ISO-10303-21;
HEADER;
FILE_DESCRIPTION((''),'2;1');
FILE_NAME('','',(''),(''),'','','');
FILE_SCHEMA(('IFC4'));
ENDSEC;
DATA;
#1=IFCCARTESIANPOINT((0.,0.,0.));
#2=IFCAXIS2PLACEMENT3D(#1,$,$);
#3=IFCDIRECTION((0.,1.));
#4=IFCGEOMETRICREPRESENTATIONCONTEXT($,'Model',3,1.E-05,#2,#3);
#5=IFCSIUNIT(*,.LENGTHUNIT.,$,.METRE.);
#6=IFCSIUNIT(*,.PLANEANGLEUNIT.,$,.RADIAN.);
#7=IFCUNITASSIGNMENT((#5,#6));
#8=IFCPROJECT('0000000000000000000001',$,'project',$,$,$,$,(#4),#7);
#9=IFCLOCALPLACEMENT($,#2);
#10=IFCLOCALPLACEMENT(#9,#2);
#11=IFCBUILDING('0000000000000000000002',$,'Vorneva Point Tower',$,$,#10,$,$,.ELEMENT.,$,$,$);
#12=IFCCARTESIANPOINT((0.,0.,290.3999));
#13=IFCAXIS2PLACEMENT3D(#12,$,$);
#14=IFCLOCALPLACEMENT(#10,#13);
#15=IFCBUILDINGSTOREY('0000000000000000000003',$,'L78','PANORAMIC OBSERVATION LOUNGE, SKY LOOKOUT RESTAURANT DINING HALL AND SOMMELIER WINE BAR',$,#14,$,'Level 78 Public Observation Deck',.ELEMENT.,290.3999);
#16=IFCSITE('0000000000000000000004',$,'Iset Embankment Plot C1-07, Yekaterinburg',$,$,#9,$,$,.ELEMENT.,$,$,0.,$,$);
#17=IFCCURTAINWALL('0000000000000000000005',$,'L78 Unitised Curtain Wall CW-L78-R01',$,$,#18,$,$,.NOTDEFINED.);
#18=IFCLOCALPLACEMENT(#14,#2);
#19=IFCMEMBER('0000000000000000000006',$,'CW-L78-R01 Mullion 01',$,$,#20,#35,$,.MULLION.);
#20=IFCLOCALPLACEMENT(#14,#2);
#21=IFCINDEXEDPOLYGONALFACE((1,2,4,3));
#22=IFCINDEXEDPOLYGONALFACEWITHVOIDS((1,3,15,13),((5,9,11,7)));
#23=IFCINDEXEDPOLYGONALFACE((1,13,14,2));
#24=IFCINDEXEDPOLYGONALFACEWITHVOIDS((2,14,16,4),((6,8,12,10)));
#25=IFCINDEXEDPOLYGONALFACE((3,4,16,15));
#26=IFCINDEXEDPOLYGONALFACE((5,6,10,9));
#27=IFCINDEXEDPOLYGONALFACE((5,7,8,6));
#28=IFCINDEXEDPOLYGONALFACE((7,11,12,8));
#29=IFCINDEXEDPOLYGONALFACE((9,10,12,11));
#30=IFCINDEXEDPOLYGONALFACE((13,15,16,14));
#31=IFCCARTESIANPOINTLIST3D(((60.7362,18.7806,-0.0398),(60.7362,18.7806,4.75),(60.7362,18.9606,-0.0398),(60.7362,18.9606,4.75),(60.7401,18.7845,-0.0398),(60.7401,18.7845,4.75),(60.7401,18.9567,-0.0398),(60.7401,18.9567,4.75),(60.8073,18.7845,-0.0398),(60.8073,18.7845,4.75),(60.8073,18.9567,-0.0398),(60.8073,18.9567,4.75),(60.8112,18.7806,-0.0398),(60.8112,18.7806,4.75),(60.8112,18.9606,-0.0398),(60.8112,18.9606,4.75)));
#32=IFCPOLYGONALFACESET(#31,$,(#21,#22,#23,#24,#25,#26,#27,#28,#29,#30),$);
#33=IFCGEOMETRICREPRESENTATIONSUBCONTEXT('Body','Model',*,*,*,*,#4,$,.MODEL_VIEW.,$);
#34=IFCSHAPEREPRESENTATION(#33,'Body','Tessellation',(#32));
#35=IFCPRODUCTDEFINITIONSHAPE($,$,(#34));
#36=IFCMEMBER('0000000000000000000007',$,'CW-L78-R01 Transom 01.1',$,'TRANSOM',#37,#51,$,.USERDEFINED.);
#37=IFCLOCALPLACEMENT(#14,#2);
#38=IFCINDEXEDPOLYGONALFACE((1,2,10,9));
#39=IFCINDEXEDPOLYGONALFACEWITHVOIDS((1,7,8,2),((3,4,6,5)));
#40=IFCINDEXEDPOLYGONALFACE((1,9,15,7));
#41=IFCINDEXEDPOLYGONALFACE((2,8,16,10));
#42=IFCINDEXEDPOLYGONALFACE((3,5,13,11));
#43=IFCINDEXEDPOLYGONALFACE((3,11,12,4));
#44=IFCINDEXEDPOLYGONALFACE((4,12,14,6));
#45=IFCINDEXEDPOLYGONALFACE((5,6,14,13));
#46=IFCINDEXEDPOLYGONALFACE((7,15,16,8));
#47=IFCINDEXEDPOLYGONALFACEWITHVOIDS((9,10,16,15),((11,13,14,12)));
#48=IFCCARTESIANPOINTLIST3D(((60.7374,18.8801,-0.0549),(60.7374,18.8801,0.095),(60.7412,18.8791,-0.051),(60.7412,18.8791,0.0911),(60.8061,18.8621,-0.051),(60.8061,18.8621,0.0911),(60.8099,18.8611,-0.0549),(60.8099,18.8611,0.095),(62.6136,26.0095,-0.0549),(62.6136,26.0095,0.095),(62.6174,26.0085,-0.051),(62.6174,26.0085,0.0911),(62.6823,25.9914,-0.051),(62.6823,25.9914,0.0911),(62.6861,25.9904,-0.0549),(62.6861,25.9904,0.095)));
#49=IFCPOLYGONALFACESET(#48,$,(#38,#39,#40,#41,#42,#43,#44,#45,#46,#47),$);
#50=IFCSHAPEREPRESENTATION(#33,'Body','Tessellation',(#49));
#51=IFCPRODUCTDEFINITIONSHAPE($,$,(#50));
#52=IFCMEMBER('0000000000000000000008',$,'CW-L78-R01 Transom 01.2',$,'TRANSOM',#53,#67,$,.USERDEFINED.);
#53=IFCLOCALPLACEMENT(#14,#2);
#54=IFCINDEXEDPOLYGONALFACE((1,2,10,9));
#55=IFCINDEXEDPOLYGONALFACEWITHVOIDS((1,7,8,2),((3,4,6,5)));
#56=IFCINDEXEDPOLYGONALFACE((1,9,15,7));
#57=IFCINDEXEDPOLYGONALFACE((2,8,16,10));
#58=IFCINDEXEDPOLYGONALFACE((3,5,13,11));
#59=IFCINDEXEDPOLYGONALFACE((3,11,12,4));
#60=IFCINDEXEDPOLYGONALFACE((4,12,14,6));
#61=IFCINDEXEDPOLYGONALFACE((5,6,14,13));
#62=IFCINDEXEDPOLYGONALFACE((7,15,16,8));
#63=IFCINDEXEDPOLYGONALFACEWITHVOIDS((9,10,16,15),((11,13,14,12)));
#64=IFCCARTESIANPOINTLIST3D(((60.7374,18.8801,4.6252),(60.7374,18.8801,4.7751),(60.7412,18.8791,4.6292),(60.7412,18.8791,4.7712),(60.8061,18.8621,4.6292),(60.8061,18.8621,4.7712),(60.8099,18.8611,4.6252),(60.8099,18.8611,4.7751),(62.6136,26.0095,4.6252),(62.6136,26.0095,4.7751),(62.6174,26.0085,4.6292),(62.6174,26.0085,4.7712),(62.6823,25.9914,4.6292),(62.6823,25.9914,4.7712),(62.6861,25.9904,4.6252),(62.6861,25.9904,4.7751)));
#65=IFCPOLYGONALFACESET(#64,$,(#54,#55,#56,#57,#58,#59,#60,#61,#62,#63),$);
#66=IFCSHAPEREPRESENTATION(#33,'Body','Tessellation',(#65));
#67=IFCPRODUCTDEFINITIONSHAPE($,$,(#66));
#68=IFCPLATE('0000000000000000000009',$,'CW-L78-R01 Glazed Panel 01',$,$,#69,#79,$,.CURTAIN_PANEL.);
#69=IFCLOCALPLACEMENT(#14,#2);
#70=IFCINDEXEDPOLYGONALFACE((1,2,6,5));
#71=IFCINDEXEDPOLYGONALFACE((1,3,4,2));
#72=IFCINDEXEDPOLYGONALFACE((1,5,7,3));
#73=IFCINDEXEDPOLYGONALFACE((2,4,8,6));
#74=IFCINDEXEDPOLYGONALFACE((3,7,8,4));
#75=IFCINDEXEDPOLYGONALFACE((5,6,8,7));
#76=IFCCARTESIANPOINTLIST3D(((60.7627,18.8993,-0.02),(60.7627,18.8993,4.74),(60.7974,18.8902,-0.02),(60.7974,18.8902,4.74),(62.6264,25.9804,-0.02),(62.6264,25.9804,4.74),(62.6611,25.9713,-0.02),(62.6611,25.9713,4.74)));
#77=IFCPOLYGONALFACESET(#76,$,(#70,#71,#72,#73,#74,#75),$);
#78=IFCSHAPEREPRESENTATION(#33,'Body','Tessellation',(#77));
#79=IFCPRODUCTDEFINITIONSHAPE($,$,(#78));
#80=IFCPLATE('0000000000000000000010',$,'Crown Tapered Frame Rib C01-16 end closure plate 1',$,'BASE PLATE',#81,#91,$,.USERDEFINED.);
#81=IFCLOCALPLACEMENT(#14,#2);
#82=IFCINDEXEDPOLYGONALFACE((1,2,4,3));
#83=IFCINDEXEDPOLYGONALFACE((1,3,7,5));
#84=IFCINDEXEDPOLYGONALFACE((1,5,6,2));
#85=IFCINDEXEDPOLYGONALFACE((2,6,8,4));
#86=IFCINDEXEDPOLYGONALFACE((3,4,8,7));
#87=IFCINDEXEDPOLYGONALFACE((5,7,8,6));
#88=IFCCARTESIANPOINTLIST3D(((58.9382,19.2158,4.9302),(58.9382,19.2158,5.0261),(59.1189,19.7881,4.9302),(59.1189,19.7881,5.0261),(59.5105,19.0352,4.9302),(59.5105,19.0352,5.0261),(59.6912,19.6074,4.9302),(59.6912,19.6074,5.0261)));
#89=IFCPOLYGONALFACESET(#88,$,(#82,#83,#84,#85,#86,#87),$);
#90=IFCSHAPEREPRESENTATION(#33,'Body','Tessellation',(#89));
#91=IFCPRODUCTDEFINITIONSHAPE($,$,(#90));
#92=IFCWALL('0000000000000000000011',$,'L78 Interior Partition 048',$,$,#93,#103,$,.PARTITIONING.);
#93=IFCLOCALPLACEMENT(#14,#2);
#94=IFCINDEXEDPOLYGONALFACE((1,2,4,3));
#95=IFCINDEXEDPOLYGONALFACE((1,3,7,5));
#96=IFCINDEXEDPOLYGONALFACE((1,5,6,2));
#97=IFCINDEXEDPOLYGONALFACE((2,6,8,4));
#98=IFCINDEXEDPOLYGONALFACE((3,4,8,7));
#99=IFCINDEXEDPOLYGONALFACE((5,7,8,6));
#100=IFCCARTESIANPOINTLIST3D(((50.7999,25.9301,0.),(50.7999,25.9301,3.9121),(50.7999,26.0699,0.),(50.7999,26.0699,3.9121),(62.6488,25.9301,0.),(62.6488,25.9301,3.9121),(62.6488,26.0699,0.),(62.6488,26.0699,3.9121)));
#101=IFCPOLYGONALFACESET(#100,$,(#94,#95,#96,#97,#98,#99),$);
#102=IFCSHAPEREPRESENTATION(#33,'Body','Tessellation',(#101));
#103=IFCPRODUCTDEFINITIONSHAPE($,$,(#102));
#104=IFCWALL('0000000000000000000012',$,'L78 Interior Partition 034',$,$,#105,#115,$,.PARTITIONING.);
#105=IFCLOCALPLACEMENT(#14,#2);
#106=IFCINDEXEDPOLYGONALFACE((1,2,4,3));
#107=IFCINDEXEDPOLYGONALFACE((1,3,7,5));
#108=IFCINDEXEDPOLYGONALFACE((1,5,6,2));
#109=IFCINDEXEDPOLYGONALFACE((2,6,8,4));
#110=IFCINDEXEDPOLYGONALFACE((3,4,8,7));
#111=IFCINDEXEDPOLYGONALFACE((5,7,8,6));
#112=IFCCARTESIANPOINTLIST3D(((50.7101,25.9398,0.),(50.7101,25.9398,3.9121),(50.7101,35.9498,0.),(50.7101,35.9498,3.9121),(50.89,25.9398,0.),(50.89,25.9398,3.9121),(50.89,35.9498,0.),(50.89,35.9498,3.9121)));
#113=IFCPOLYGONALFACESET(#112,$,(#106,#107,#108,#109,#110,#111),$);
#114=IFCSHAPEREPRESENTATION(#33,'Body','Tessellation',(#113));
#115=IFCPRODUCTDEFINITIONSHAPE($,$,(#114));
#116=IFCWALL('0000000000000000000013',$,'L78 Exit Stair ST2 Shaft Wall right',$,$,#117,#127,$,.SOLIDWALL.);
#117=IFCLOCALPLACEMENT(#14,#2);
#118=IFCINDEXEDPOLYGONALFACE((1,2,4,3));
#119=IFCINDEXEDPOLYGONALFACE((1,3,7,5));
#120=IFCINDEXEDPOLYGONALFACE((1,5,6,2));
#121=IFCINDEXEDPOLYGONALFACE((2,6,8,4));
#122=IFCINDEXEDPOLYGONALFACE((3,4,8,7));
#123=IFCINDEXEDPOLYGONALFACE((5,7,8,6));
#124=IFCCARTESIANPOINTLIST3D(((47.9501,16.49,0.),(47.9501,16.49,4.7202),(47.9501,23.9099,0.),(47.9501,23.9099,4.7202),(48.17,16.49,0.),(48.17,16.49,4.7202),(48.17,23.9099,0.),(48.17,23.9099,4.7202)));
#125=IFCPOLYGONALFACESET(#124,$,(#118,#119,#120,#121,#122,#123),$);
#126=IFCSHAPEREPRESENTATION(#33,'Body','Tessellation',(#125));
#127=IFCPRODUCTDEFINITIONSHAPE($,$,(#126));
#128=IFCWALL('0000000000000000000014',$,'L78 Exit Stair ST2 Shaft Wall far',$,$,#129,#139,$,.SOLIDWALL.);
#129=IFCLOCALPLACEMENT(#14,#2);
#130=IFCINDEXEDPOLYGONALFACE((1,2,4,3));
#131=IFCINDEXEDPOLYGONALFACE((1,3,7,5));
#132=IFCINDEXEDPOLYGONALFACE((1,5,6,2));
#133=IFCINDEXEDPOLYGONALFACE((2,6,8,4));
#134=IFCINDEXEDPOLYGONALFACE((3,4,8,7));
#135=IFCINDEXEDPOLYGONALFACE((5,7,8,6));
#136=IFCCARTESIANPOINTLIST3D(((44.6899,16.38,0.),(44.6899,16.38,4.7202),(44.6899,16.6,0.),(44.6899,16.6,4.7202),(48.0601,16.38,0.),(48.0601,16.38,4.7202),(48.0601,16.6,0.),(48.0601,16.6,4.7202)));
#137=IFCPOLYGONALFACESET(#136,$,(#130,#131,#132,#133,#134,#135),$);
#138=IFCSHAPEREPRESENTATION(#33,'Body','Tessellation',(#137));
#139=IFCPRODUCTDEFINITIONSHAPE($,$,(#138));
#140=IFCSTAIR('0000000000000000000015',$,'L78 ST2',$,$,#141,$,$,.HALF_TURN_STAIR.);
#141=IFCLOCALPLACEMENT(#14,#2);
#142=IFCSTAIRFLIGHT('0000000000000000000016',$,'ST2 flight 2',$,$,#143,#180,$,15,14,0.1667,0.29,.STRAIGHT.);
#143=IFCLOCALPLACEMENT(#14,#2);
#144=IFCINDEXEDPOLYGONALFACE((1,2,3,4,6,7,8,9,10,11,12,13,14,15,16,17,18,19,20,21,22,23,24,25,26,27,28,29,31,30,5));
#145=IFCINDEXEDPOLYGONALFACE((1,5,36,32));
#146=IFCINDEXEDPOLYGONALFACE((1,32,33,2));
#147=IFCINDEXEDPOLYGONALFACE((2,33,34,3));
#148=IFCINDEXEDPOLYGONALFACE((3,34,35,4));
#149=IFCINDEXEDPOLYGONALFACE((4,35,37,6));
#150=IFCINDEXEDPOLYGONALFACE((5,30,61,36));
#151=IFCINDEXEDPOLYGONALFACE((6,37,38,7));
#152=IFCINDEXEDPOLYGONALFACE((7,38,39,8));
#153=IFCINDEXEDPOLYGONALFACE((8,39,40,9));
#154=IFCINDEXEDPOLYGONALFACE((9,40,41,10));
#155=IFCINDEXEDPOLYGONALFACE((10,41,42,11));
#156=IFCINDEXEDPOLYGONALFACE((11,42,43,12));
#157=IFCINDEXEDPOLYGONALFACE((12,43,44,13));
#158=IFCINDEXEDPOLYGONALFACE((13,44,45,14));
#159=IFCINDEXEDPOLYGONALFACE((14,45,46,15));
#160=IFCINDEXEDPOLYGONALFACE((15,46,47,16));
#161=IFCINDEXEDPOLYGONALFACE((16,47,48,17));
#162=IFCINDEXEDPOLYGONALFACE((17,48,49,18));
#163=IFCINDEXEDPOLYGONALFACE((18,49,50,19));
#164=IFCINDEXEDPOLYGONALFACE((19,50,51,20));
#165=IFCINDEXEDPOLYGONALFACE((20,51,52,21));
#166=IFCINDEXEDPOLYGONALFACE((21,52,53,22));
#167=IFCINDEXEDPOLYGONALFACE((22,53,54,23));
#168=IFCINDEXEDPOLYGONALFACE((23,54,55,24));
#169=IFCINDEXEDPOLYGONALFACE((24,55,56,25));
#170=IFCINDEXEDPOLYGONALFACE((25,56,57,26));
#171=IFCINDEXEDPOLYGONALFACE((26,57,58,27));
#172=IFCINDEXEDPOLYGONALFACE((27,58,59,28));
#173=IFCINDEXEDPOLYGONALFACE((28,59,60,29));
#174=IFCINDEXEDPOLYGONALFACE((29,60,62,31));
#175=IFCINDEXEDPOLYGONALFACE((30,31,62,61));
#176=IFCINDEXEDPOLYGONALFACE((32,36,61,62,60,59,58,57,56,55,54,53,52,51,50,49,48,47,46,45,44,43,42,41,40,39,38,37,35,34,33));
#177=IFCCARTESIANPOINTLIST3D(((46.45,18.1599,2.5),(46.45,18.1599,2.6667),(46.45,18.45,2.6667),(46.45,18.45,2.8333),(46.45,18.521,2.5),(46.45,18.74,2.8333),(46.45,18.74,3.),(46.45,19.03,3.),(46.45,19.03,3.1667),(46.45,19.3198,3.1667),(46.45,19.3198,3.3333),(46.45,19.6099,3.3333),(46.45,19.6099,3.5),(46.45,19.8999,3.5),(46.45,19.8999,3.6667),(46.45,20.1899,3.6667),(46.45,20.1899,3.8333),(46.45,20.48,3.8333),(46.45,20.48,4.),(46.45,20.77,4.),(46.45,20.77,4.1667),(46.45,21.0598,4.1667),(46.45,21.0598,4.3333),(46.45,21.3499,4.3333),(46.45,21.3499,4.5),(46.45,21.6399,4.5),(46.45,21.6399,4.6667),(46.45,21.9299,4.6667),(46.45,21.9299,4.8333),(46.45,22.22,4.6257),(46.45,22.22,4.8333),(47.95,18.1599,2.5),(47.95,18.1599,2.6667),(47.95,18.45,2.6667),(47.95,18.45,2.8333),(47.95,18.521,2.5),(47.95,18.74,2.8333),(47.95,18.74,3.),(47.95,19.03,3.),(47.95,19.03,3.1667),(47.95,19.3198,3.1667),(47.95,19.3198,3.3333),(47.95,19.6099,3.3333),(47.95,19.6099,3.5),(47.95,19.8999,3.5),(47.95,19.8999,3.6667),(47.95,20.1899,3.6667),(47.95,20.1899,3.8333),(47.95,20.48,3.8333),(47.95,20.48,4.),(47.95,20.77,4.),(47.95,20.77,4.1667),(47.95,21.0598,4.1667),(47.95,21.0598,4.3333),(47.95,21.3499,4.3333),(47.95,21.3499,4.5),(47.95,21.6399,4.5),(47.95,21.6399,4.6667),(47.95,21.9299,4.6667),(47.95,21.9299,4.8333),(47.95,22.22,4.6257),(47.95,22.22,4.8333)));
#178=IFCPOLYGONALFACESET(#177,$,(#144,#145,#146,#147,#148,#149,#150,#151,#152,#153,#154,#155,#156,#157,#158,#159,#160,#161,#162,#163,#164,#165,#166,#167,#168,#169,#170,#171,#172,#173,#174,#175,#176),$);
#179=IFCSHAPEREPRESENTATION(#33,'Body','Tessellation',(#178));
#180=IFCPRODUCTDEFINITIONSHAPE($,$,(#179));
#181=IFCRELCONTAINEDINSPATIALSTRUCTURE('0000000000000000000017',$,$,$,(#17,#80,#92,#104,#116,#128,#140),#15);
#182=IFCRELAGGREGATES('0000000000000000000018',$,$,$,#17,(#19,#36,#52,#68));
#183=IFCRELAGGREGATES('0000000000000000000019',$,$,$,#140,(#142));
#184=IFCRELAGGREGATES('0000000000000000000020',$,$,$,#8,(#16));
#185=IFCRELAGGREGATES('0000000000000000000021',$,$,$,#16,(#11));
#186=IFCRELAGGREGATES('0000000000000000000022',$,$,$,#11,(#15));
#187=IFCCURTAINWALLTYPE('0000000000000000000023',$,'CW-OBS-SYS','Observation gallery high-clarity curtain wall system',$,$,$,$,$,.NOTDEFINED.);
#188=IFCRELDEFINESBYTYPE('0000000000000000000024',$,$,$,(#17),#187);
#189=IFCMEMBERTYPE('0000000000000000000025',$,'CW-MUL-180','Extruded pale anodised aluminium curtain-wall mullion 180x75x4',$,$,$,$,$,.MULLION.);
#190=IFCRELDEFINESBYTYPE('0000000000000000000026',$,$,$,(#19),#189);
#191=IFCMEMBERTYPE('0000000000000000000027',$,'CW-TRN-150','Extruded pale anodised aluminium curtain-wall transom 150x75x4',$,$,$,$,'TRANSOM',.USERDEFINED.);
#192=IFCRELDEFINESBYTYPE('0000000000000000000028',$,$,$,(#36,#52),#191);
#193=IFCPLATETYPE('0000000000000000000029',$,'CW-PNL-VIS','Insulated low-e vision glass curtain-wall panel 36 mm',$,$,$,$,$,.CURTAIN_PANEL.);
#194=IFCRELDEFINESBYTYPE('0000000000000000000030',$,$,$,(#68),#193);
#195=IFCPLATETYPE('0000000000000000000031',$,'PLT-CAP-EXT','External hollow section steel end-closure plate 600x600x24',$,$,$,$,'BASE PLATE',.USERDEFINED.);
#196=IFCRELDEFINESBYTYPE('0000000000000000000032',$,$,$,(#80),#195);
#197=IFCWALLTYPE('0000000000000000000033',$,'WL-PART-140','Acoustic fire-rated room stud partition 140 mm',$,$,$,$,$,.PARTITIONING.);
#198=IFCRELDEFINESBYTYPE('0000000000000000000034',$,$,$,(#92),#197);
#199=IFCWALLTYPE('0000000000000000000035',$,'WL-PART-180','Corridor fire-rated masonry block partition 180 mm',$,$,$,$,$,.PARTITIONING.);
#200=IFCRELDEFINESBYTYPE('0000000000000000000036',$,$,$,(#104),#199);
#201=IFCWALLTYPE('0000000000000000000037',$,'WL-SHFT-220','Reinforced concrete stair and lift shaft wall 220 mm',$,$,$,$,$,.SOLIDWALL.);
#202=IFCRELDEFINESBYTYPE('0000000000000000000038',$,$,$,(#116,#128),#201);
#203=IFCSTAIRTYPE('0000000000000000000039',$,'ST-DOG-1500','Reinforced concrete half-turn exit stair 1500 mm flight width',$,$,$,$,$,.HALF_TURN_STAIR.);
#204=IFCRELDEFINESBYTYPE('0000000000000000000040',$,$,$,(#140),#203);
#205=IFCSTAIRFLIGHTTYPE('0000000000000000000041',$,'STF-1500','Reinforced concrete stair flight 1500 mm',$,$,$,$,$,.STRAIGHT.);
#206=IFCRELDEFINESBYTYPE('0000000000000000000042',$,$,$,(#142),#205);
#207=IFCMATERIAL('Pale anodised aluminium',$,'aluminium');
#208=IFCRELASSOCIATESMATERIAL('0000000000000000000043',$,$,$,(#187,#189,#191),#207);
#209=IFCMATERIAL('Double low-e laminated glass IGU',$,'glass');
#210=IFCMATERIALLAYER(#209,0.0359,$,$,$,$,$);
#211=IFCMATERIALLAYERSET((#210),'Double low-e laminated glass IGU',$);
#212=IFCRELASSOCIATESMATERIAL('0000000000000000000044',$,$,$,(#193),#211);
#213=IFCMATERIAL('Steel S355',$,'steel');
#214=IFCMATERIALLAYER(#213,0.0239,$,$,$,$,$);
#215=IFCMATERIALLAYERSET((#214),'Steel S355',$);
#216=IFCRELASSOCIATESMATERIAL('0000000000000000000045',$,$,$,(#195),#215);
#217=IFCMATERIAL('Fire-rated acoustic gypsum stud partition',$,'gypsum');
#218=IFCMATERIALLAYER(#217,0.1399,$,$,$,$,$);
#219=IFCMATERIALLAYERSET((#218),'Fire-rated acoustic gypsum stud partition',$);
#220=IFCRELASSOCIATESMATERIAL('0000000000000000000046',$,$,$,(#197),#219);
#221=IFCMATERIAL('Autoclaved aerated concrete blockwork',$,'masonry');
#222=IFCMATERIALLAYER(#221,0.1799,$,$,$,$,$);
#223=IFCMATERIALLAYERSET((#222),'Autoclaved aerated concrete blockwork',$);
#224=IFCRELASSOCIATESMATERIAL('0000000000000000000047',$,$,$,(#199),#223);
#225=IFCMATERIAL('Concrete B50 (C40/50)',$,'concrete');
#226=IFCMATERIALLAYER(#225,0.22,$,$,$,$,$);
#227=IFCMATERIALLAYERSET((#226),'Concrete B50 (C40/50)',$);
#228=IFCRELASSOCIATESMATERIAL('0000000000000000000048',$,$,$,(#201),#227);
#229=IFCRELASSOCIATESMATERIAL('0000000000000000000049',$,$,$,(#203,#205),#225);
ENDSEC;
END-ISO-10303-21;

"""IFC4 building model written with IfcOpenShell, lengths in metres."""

from ifc_helpers import new_model, si_unit, direction, frame, frame_2d, origin, origin_2d, place, context, subcontext, project, spatial, polyline, rectangle, hollow_rectangle, outline, extrude, material, layer, layer_set, material_profile, profile_set, type_object, element, aggregate, save


model = new_model("IFC4")

# Units and contexts
model_context = context("Model", 3, precision=1e-05, world=origin(), true_north=direction((0.0, 1.0)))
body_context = subcontext(model_context, "Body", "Model", "MODEL_VIEW")
ifc_project = project(units=[si_unit("LENGTHUNIT", "METRE"), si_unit("PLANEANGLEUNIT", "RADIAN")], contexts=[model_context])

# Site, building, storey
site_placement = place(None, origin())
site = spatial("IfcSite", under=ifc_project, at=site_placement, Name="Iset Embankment Plot C1-07, Yekaterinburg", CompositionType="ELEMENT", RefElevation=0.0)
building_placement = place(site_placement, origin())
building = spatial("IfcBuilding", under=site, at=building_placement, Name="Vorneva Point Tower", CompositionType="ELEMENT")
storey_placement = place(building_placement, frame((0.0, 0.0, 290.3999)))
storey = spatial("IfcBuildingStorey", under=building, at=storey_placement, Name="L78", Description="PANORAMIC OBSERVATION LOUNGE, SKY LOOKOUT RESTAURANT DINING HALL AND SOMMELIER WINE BAR", LongName="Level 78 Public Observation Deck", CompositionType="ELEMENT", Elevation=290.3999)

# Shared definitions
ifc_material_1 = material(Name="Concrete B50 (C40/50)", Category="concrete")

# Shared definitions
ifc_material_2 = material(Name="Steel S355", Category="steel")

# Curtain wall, members, plate
ifc_material_3 = material(Name="Pale anodised aluminium", Category="aluminium")
curtain_wall_type = type_object("IfcCurtainWallType", Name="CW-OBS-SYS", Description="Observation gallery high-clarity curtain wall system", PredefinedType="NOTDEFINED", material=ifc_material_3)
curtain_wall_placement = place(storey_placement, origin())
curtain_wall = element("IfcCurtainWall", 1, at=curtain_wall_placement, inside=storey, type_object=curtain_wall_type, Name="L78 Unitised Curtain Wall CW-L78-R01", PredefinedType="NOTDEFINED")
ifc_material_profile_1 = material_profile(ifc_material_3, hollow_rectangle(XDim=0.075, YDim=0.1799, WallThickness=0.0039, at=origin_2d()), Name="AL-MUL 180x75x4")
ifc_profile_set_1 = profile_set([ifc_material_profile_1], Name="Pale anodised aluminium")
member_type_1 = type_object("IfcMemberType", Name="CW-MUL-180", Description="Extruded pale anodised aluminium curtain-wall mullion 180x75x4", PredefinedType="MULLION", material=ifc_profile_set_1)
member_1_placement = place(storey_placement, frame((60.7737, 18.8706, -0.0398), z_axis=(0.0, 0.0, 1.0), x_axis=(1.0, 0.0, 0.0)))
member_1 = element("IfcMember", 2, at=member_1_placement, type_object=member_type_1, Name="CW-L78-R01 Mullion 01", PredefinedType="MULLION", context=body_context, shape_type="SweptSolid", body=[
    extrude(hollow_rectangle(XDim=0.075, YDim=0.1799, WallThickness=0.0039, at=origin_2d()), origin(), (0.0, 0.0, 1.0), 4.7898),
])
ifc_material_profile_2 = material_profile(ifc_material_3, hollow_rectangle(XDim=0.075, YDim=0.1499, WallThickness=0.0039, at=origin_2d()), Name="AL-TRN 150x75x4")
ifc_profile_set_2 = profile_set([ifc_material_profile_2], Name="Pale anodised aluminium")
member_type_2 = type_object("IfcMemberType", Name="CW-TRN-150", Description="Extruded pale anodised aluminium curtain-wall transom 150x75x4", ElementType="TRANSOM", PredefinedType="USERDEFINED", material=ifc_profile_set_2)
member_2_placement = place(storey_placement, frame((60.7737, 18.8706, 0.02), z_axis=(0.254501, 0.967072, 0.0), x_axis=(-0.967072, 0.254501, 0.0)))
member_2 = element("IfcMember", 3, at=member_2_placement, type_object=member_type_2, Name="CW-L78-R01 Transom 01.1", ObjectType="TRANSOM", PredefinedType="USERDEFINED", context=body_context, shape_type="SweptSolid", body=[
    extrude(hollow_rectangle(XDim=0.075, YDim=0.1499, WallThickness=0.0039, at=origin_2d()), origin(), (0.0, 0.0, 1.0), 7.3721),
])
member_3_placement = place(storey_placement, frame((60.7737, 18.8706, 4.7002), z_axis=(0.254501, 0.967072, 0.0), x_axis=(-0.967072, 0.254501, 0.0)))
member_3 = element("IfcMember", 4, at=member_3_placement, type_object=member_type_2, Name="CW-L78-R01 Transom 01.2", ObjectType="TRANSOM", PredefinedType="USERDEFINED", context=body_context, shape_type="SweptSolid", body=[
    extrude(hollow_rectangle(XDim=0.075, YDim=0.1499, WallThickness=0.0039, at=origin_2d()), origin(), (0.0, 0.0, 1.0), 7.3721),
])
ifc_material_4 = material(Name="Double low-e laminated glass IGU", Category="glass")
ifc_layer_1 = layer(ifc_material_4, 0.0359)
ifc_layer_set_1 = layer_set([ifc_layer_1], Name="Double low-e laminated glass IGU")
plate_type_1 = type_object("IfcPlateType", Name="CW-PNL-VIS", Description="Insulated low-e vision glass curtain-wall panel 36 mm", PredefinedType="CURTAIN_PANEL", material=ifc_layer_set_1)
plate_1_placement = place(storey_placement, frame((61.7119, 22.4353, -0.02), z_axis=(0.0, 0.0, 1.0), x_axis=(0.254518, 0.967068, 0.0)))
plate_1 = element("IfcPlate", 5, at=plate_1_placement, type_object=plate_type_1, Name="CW-L78-R01 Glazed Panel 01", PredefinedType="CURTAIN_PANEL", context=body_context, shape_type="SweptSolid", body=[
    extrude(rectangle(XDim=7.3223, YDim=0.0359, at=origin_2d()), origin(), (0.0, 0.0, 1.0), 4.76),
])
aggregate(curtain_wall, [member_1, member_2, member_3, plate_1])

# Plate
ifc_layer_2 = layer(ifc_material_2, 0.0239)
ifc_layer_set_2 = layer_set([ifc_layer_2], Name="Steel S355")
plate_type_2 = type_object("IfcPlateType", Name="PLT-CAP-EXT", Description="External hollow section steel end-closure plate 600x600x24", ElementType="BASE PLATE", PredefinedType="USERDEFINED", material=ifc_layer_set_2)
plate_2_placement = place(storey_placement, frame((59.3147, 19.4116, 4.9302), z_axis=(0.0, 0.0, 1.0), x_axis=(-0.953601, 0.301072, 0.0)))
element("IfcPlate", 6, at=plate_2_placement, inside=storey, type_object=plate_type_2, Name="Crown Tapered Frame Rib C01-16 end closure plate 1", ObjectType="BASE PLATE", PredefinedType="USERDEFINED", context=body_context, shape_type="SweptSolid", body=[
    extrude(rectangle(XDim=0.6001, YDim=0.6001, at=origin_2d()), origin(), (0.0, 0.0, 1.0), 0.0959),
])

# Wall
ifc_material_5 = material(Name="Fire-rated acoustic gypsum stud partition", Category="gypsum")
ifc_layer_3 = layer(ifc_material_5, 0.1399)
ifc_layer_set_3 = layer_set([ifc_layer_3], Name="Fire-rated acoustic gypsum stud partition")
wall_type_1 = type_object("IfcWallType", Name="WL-PART-140", Description="Acoustic fire-rated room stud partition 140 mm", PredefinedType="PARTITIONING", material=ifc_layer_set_3)
wall_1_placement = place(storey_placement, frame((50.8, 26.0, 0.0), z_axis=(0.0, 0.0, 1.0), x_axis=(1.0, 0.0, 0.0)))
element("IfcWall", 7, at=wall_1_placement, inside=storey, type_object=wall_type_1, Name="L78 Interior Partition 048", PredefinedType="PARTITIONING", context=body_context, shape_type="SweptSolid", body=[
    extrude(rectangle(XDim=11.8489, YDim=0.1399, at=frame_2d((5.9243, 0.0))), origin(), (0.0, 0.0, 1.0), 3.9121),
])

# Shared definitions
ifc_material_6 = material(Name="Autoclaved aerated concrete blockwork", Category="masonry")
ifc_layer_4 = layer(ifc_material_6, 0.1799)
ifc_layer_set_4 = layer_set([ifc_layer_4], Name="Autoclaved aerated concrete blockwork")
wall_type_2 = type_object("IfcWallType", Name="WL-PART-180", Description="Corridor fire-rated masonry block partition 180 mm", PredefinedType="PARTITIONING", material=ifc_layer_set_4)

# Walls
wall_2_placement = place(storey_placement, frame((50.8, 25.9399, 0.0), z_axis=(0.0, 0.0, 1.0), x_axis=(0.0, 1.0, 0.0)))
element("IfcWall", 8, at=wall_2_placement, inside=storey, type_object=wall_type_2, Name="L78 Interior Partition 034", PredefinedType="PARTITIONING", context=body_context, shape_type="SweptSolid", body=[
    extrude(rectangle(XDim=10.01, YDim=0.1799, at=frame_2d((5.0049, 0.0))), origin(), (0.0, 0.0, 1.0), 3.9121),
])
ifc_layer_5 = layer(ifc_material_1, 0.22)
ifc_layer_set_5 = layer_set([ifc_layer_5], Name="Concrete B50 (C40/50)")
wall_type_3 = type_object("IfcWallType", Name="WL-SHFT-220", Description="Reinforced concrete stair and lift shaft wall 220 mm", PredefinedType="SOLIDWALL", material=ifc_layer_set_5)
wall_3_placement = place(storey_placement, frame((48.0601, 23.9099, 0.0), z_axis=(0.0, 0.0, 1.0), x_axis=(0.0, -1.0, 0.0)))
element("IfcWall", 9, at=wall_3_placement, inside=storey, type_object=wall_type_3, Name="L78 Exit Stair ST2 Shaft Wall right", PredefinedType="SOLIDWALL", context=body_context, shape_type="SweptSolid", body=[
    extrude(rectangle(XDim=7.4199, YDim=0.22, at=frame_2d((3.71, 0.0))), origin(), (0.0, 0.0, 1.0), 4.7202),
])
wall_4_placement = place(storey_placement, frame((48.0601, 16.49, 0.0), z_axis=(0.0, 0.0, 1.0), x_axis=(-1.0, 0.0, 0.0)))
element("IfcWall", 10, at=wall_4_placement, inside=storey, type_object=wall_type_3, Name="L78 Exit Stair ST2 Shaft Wall far", PredefinedType="SOLIDWALL", context=body_context, shape_type="SweptSolid", body=[
    extrude(rectangle(XDim=3.3701, YDim=0.22, at=frame_2d((1.6851, 0.0))), origin(), (0.0, 0.0, 1.0), 4.7202),
])

# Stair, stair flight
stair_type = type_object("IfcStairType", Name="ST-DOG-1500", Description="Reinforced concrete half-turn exit stair 1500 mm flight width", PredefinedType="HALF_TURN_STAIR", material=ifc_material_1)
stair_placement = place(storey_placement, origin())
stair = element("IfcStair", 11, at=stair_placement, inside=storey, type_object=stair_type, Name="L78 ST2", PredefinedType="HALF_TURN_STAIR")
stair_flight_type = type_object("IfcStairFlightType", Name="STF-1500", Description="Reinforced concrete stair flight 1500 mm", PredefinedType="STRAIGHT", material=ifc_material_1)
stair_flight_placement = place(storey_placement, frame((47.2, 18.1599, 2.5), z_axis=(0.0, 0.0, 1.0), x_axis=(0.0, 1.0, 0.0)))
stair_flight = element("IfcStairFlight", 12, at=stair_flight_placement, type_object=stair_flight_type, Name="ST2 flight 2", NumberOfRisers=15, NumberOfTreads=14, PredefinedType="STRAIGHT", RiserHeight=0.1667, TreadLength=0.29, context=body_context, shape_type="SweptSolid", body=[
    extrude(outline(polyline([(0.0, 0.0), (0.0, 0.1667), (0.29, 0.1667), (0.29, 0.3333), (0.5801, 0.3333), (0.5801, 0.5), (0.8701, 0.5), (0.8701, 0.6667), (1.1599, 0.6667), (1.1599, 0.8333), (1.45, 0.8333), (1.45, 1.0), (1.74, 1.0), (1.74, 1.1667), (2.03, 1.1667), (2.03, 1.3333), (2.3201, 1.3333), (2.3201, 1.5), (2.6101, 1.5), (2.6101, 1.6667), (2.8999, 1.6667), (2.8999, 1.8333), (3.1899, 1.8333), (3.1899, 2.0), (3.48, 2.0), (3.48, 2.1667), (3.77, 2.1667), (3.77, 2.3333), (4.0601, 2.3333), (4.0601, 2.5), (4.0601, 2.1257), (0.3611, 0.0), (0.0, 0.0)])), frame((0.0, 0.75, 0.0), z_axis=(0.0, -1.0, 0.0), x_axis=(1.0, 0.0, 0.0)), (0.0, 0.0, 1.0), 1.5),
])
aggregate(stair, [stair_flight])

save(model, "model.ifc")
